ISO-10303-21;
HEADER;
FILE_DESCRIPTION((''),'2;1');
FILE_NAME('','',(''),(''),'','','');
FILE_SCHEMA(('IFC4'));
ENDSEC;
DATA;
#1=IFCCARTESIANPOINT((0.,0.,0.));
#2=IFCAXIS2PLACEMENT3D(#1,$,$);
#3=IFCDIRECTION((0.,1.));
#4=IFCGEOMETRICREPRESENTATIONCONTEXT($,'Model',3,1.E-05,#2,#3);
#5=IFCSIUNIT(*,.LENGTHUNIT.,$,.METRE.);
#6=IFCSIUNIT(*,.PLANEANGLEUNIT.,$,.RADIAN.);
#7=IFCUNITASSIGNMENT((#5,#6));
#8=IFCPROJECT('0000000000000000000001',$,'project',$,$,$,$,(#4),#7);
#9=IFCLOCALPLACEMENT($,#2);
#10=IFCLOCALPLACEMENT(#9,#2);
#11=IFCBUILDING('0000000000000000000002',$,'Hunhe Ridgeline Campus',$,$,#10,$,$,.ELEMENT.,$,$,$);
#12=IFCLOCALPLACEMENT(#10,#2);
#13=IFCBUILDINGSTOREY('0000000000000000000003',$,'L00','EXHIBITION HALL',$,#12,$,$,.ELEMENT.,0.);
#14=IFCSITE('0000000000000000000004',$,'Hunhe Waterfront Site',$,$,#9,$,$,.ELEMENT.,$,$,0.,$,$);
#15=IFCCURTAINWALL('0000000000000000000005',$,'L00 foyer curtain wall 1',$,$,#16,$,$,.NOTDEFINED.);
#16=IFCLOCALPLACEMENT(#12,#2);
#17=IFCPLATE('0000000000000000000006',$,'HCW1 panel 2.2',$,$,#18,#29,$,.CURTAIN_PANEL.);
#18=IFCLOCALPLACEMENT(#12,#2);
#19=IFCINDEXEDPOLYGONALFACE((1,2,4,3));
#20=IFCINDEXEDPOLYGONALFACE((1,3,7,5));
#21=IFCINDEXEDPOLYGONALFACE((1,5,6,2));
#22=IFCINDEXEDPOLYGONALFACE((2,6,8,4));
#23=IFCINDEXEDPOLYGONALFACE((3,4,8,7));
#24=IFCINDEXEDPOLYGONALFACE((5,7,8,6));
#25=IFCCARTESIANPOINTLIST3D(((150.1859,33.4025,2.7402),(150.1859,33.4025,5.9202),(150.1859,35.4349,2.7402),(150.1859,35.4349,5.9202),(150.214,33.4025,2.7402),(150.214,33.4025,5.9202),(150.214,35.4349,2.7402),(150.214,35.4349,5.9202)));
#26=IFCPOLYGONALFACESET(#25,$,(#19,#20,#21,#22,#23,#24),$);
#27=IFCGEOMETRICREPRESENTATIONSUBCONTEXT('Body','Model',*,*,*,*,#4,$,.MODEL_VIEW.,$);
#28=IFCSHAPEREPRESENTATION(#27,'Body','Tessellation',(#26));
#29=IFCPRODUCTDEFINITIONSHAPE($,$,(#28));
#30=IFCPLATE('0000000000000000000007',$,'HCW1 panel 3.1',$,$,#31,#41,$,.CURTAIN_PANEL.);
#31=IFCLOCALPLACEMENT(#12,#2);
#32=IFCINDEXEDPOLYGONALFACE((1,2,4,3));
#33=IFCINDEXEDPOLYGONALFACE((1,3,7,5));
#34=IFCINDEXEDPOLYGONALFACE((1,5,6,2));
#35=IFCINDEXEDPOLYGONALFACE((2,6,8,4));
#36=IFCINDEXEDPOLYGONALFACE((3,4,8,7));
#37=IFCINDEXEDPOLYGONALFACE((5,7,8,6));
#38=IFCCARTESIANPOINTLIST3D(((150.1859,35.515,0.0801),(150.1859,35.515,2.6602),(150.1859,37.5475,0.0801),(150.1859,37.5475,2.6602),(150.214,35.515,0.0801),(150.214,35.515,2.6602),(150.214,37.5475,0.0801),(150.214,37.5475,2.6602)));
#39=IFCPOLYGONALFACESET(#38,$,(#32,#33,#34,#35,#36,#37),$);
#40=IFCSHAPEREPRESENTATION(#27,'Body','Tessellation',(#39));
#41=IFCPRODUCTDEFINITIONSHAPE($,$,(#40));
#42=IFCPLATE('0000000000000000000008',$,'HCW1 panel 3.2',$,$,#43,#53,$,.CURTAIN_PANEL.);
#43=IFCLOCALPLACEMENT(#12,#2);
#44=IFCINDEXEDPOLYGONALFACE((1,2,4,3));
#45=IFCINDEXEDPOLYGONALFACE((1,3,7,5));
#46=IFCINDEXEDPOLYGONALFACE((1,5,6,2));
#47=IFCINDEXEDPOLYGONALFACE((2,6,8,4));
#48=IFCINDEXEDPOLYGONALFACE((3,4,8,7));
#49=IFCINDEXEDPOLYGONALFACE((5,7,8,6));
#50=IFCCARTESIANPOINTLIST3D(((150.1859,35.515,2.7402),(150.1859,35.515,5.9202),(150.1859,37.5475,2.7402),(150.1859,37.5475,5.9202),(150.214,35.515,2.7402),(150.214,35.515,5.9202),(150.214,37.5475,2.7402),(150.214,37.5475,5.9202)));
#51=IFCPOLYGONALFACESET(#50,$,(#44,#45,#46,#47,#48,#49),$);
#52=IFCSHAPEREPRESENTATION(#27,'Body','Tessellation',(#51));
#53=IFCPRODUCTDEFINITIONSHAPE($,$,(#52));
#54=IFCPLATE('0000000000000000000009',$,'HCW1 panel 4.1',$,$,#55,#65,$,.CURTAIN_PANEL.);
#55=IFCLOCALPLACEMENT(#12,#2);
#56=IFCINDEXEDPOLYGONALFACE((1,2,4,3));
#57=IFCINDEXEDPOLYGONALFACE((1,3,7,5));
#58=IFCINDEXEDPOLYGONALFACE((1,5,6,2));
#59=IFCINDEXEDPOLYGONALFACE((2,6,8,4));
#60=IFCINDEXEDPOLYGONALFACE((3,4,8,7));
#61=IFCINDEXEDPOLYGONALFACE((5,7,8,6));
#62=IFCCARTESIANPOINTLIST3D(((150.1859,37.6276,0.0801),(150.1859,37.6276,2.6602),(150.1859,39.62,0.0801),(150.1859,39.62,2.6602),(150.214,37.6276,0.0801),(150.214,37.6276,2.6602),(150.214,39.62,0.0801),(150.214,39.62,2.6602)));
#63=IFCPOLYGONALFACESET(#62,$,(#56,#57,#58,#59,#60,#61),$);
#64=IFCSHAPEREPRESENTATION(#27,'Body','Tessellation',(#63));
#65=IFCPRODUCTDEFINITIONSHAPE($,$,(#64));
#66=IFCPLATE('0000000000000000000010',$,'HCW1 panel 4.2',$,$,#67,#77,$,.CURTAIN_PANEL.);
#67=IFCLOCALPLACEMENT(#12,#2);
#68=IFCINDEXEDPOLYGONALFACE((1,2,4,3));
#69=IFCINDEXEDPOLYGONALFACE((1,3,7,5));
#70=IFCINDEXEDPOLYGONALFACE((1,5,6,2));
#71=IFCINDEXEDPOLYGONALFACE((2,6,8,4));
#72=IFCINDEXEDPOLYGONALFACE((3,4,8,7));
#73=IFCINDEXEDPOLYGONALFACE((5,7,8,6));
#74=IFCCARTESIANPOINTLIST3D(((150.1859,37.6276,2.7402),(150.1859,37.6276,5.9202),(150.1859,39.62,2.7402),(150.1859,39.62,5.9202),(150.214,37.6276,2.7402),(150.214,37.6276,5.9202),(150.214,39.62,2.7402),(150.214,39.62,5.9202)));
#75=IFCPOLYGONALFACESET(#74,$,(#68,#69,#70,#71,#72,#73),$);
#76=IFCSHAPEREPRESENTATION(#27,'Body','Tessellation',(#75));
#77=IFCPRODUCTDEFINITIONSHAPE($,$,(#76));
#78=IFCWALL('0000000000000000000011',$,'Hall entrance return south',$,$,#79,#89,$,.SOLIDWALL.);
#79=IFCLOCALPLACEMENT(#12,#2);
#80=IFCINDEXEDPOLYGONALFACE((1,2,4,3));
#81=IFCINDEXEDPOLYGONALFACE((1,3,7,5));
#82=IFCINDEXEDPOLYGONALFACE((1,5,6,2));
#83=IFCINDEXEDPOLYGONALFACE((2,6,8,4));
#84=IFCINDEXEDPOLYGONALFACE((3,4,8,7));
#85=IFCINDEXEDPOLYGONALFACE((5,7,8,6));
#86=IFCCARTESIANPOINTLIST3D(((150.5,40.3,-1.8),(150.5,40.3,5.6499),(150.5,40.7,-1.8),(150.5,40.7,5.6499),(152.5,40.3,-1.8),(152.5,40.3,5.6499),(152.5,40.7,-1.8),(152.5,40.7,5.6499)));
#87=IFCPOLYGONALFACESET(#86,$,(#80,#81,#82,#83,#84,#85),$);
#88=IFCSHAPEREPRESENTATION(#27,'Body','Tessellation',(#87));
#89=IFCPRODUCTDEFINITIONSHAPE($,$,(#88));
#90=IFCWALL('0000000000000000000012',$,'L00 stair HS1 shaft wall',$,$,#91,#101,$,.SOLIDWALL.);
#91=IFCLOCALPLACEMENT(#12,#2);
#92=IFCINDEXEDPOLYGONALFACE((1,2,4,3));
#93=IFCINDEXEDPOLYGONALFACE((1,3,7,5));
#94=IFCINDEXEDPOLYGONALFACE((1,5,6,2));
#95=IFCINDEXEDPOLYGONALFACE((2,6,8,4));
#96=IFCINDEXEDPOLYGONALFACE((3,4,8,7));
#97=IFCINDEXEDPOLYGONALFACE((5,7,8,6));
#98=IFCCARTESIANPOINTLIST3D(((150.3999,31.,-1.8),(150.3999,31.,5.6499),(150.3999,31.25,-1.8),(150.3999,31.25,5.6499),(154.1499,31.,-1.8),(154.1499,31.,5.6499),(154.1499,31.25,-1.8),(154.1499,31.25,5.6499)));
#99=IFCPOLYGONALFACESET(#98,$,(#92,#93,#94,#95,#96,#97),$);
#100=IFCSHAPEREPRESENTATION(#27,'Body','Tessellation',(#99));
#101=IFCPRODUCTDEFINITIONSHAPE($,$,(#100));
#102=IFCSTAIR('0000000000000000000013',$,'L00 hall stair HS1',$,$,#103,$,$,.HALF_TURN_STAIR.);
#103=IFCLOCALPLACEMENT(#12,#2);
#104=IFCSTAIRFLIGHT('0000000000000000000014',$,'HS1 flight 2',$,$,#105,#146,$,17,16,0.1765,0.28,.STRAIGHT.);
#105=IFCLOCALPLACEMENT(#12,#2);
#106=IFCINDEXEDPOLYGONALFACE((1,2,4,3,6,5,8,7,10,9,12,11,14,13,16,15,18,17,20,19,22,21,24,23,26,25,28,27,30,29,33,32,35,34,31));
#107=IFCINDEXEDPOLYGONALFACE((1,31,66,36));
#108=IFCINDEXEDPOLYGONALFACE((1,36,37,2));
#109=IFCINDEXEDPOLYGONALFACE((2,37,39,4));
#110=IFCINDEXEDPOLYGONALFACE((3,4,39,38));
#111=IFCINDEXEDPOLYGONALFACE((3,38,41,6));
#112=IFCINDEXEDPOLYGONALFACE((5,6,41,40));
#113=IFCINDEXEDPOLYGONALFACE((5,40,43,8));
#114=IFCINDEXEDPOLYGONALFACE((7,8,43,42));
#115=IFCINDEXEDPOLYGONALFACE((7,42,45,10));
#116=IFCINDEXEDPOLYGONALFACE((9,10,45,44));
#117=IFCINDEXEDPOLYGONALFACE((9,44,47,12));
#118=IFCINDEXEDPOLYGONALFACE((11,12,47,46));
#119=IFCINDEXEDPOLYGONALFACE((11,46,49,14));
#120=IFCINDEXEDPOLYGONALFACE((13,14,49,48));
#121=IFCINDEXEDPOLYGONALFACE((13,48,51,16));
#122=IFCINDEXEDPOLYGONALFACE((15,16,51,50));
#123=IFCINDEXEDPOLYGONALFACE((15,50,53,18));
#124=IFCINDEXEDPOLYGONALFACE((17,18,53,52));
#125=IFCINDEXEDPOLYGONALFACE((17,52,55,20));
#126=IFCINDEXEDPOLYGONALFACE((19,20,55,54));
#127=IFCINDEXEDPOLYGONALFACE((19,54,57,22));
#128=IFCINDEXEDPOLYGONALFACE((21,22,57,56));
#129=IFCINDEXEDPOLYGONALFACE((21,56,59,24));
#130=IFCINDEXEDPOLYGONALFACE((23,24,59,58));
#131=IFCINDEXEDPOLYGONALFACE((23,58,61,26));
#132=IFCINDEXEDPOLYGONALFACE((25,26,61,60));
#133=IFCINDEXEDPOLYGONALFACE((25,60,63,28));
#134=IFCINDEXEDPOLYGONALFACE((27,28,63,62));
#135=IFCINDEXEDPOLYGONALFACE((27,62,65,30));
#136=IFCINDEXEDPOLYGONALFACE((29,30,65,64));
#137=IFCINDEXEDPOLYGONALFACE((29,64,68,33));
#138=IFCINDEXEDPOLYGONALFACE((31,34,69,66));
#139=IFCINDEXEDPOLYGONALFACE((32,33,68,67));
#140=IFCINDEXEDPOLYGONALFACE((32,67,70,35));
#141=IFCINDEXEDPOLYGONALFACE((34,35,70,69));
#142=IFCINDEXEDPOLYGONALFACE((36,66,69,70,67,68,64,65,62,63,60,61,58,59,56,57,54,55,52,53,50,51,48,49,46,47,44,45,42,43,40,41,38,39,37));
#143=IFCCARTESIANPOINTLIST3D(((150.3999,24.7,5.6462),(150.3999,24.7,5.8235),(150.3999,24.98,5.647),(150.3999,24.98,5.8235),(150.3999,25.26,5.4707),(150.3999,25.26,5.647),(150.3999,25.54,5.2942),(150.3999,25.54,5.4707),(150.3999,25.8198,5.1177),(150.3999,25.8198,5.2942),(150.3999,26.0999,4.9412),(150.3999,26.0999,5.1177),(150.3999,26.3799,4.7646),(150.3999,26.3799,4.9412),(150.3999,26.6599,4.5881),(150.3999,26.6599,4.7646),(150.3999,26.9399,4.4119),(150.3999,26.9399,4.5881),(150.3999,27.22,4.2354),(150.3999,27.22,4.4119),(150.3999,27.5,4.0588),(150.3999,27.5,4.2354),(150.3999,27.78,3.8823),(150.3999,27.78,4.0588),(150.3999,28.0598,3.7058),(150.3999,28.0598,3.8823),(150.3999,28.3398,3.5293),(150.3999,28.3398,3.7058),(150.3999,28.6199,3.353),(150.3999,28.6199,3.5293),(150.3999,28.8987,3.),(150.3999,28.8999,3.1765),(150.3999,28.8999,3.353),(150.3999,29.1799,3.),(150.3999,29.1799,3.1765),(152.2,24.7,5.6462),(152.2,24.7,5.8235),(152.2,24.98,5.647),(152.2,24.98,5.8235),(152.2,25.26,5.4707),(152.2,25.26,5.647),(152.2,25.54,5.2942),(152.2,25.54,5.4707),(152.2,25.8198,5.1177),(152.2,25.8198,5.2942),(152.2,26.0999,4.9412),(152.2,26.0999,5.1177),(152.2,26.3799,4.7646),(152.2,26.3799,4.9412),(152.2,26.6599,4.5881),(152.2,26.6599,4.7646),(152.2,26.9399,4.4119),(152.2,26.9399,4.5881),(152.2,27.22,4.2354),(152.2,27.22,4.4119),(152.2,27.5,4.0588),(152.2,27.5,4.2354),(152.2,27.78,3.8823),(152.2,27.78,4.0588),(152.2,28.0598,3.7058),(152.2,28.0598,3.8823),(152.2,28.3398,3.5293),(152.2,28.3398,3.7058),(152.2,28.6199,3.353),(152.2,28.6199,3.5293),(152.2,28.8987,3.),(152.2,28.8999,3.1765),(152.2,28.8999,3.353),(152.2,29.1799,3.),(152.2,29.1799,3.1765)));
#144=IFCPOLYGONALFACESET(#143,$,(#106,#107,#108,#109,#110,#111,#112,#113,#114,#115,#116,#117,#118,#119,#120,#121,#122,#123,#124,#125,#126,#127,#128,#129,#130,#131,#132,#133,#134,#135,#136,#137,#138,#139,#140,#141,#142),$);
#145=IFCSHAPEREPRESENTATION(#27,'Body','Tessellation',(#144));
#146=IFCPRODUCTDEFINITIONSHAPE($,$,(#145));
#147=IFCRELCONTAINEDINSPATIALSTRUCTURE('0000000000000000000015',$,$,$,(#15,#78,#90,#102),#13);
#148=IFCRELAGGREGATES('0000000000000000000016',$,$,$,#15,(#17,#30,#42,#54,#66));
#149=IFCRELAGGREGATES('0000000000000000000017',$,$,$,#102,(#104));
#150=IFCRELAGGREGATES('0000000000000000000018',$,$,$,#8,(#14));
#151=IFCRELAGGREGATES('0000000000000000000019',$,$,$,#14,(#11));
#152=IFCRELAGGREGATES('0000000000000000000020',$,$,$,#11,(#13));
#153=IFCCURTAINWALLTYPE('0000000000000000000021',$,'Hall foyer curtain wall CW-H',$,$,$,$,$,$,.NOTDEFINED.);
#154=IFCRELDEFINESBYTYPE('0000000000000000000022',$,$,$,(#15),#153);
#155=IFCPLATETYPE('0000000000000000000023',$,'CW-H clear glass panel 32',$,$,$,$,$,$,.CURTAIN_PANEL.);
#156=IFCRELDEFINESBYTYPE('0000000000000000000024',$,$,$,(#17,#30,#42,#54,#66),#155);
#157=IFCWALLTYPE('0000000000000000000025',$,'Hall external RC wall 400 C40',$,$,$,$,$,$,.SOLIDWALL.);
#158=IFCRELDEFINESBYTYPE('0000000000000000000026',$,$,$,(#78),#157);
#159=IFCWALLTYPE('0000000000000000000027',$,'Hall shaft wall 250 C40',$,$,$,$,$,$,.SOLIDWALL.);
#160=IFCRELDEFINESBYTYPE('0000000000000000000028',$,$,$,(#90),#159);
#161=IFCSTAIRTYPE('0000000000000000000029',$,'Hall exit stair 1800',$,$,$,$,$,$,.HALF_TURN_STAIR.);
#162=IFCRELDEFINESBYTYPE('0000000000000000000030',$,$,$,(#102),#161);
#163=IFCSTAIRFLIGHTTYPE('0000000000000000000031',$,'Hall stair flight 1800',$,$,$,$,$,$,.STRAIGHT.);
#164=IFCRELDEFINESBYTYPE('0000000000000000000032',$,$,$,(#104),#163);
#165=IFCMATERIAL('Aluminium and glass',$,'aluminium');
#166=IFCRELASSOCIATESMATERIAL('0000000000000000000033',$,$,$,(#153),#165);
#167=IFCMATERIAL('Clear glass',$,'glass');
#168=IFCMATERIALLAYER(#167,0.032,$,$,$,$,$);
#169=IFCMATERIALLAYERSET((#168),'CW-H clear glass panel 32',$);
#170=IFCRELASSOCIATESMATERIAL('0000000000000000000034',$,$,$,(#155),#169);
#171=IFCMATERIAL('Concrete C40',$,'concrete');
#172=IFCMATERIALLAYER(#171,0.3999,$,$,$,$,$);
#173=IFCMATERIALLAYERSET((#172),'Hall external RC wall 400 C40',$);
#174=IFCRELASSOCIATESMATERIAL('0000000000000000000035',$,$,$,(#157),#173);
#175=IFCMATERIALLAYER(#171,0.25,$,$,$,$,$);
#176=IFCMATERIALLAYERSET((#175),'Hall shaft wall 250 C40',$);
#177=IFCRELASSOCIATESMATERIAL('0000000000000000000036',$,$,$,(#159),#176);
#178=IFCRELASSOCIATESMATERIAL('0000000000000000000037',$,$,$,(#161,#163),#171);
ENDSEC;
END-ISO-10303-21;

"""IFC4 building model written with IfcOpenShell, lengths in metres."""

from ifc_helpers import new_model, si_unit, direction, frame, frame_2d, origin, origin_2d, place, context, subcontext, project, spatial, polyline, rectangle, outline, extrude, material, layer, layer_set, type_object, element, aggregate, save


model = new_model("IFC4")

# Units and contexts
model_context = context("Model", 3, precision=1e-05, world=origin(), true_north=direction((0.0, 1.0)))
body_context = subcontext(model_context, "Body", "Model", "MODEL_VIEW")
ifc_project = project(units=[si_unit("LENGTHUNIT", "METRE"), si_unit("PLANEANGLEUNIT", "RADIAN")], contexts=[model_context])

# Site, building, storey
site_placement = place(None, origin())
site = spatial("IfcSite", under=ifc_project, at=site_placement, Name="Hunhe Waterfront Site", CompositionType="ELEMENT", RefElevation=0.0)
building_placement = place(site_placement, origin())
building = spatial("IfcBuilding", under=site, at=building_placement, Name="Hunhe Ridgeline Campus", CompositionType="ELEMENT")
storey_placement = place(building_placement, origin())
storey = spatial("IfcBuildingStorey", under=building, at=storey_placement, Name="L00", Description="EXHIBITION HALL", CompositionType="ELEMENT", Elevation=0.0)

# Curtain wall, plates
ifc_material_1 = material(Name="Aluminium and glass", Category="aluminium")
curtain_wall_type = type_object("IfcCurtainWallType", Name="Hall foyer curtain wall CW-H", PredefinedType="NOTDEFINED", material=ifc_material_1)
curtain_wall_placement = place(storey_placement, origin())
curtain_wall = element("IfcCurtainWall", 1, at=curtain_wall_placement, inside=storey, type_object=curtain_wall_type, Name="L00 foyer curtain wall 1", PredefinedType="NOTDEFINED")
ifc_material_2 = material(Name="Clear glass", Category="glass")
ifc_layer_1 = layer(ifc_material_2, 0.032)
ifc_layer_set_1 = layer_set([ifc_layer_1], Name="CW-H clear glass panel 32")
plate_type = type_object("IfcPlateType", Name="CW-H clear glass panel 32", PredefinedType="CURTAIN_PANEL", material=ifc_layer_set_1)
plate_1_placement = place(storey_placement, frame((150.2, 34.4187, 2.7402), z_axis=(0.0, 0.0, 1.0), x_axis=(0.0, 1.0, 0.0)))
plate_1 = element("IfcPlate", 2, at=plate_1_placement, type_object=plate_type, Name="HCW1 panel 2.2", PredefinedType="CURTAIN_PANEL", context=body_context, shape_type="SweptSolid", body=[
    extrude(rectangle(XDim=2.0325, YDim=0.0281, at=origin_2d()), origin(), (0.0, 0.0, 1.0), 3.1799),
])
plate_2_placement = place(storey_placement, frame((150.2, 36.5312, 0.0801), z_axis=(0.0, 0.0, 1.0), x_axis=(0.0, 1.0, 0.0)))
plate_2 = element("IfcPlate", 3, at=plate_2_placement, type_object=plate_type, Name="HCW1 panel 3.1", PredefinedType="CURTAIN_PANEL", context=body_context, shape_type="SweptSolid", body=[
    extrude(rectangle(XDim=2.0325, YDim=0.0281, at=origin_2d()), origin(), (0.0, 0.0, 1.0), 2.5801),
])
plate_3_placement = place(storey_placement, frame((150.2, 36.5312, 2.7402), z_axis=(0.0, 0.0, 1.0), x_axis=(0.0, 1.0, 0.0)))
plate_3 = element("IfcPlate", 4, at=plate_3_placement, type_object=plate_type, Name="HCW1 panel 3.2", PredefinedType="CURTAIN_PANEL", context=body_context, shape_type="SweptSolid", body=[
    extrude(rectangle(XDim=2.0325, YDim=0.0281, at=origin_2d()), origin(), (0.0, 0.0, 1.0), 3.1799),
])
plate_4_placement = place(storey_placement, frame((150.2, 38.6238, 0.0801), z_axis=(0.0, 0.0, 1.0), x_axis=(0.0, 1.0, 0.0)))
plate_4 = element("IfcPlate", 5, at=plate_4_placement, type_object=plate_type, Name="HCW1 panel 4.1", PredefinedType="CURTAIN_PANEL", context=body_context, shape_type="SweptSolid", body=[
    extrude(rectangle(XDim=1.9924, YDim=0.0281, at=origin_2d()), origin(), (0.0, 0.0, 1.0), 2.5801),
])
plate_5_placement = place(storey_placement, frame((150.2, 38.6238, 2.7402), z_axis=(0.0, 0.0, 1.0), x_axis=(0.0, 1.0, 0.0)))
plate_5 = element("IfcPlate", 6, at=plate_5_placement, type_object=plate_type, Name="HCW1 panel 4.2", PredefinedType="CURTAIN_PANEL", context=body_context, shape_type="SweptSolid", body=[
    extrude(rectangle(XDim=1.9924, YDim=0.0281, at=origin_2d()), origin(), (0.0, 0.0, 1.0), 3.1799),
])
aggregate(curtain_wall, [plate_1, plate_2, plate_3, plate_4, plate_5])

# Walls
ifc_material_3 = material(Name="Concrete C40", Category="concrete")
ifc_layer_2 = layer(ifc_material_3, 0.3999)
ifc_layer_set_2 = layer_set([ifc_layer_2], Name="Hall external RC wall 400 C40")
wall_type_1 = type_object("IfcWallType", Name="Hall external RC wall 400 C40", PredefinedType="SOLIDWALL", material=ifc_layer_set_2)
wall_1_placement = place(storey_placement, frame((150.5, 40.5, -1.8), z_axis=(0.0, 0.0, 1.0), x_axis=(1.0, 0.0, 0.0)))
element("IfcWall", 7, at=wall_1_placement, inside=storey, type_object=wall_type_1, Name="Hall entrance return south", PredefinedType="SOLIDWALL", context=body_context, shape_type="SweptSolid", body=[
    extrude(rectangle(XDim=2.0, YDim=0.3999, at=frame_2d((1.0, 0.0))), origin(), (0.0, 0.0, 1.0), 7.45),
])
ifc_layer_3 = layer(ifc_material_3, 0.25)
ifc_layer_set_3 = layer_set([ifc_layer_3], Name="Hall shaft wall 250 C40")
wall_type_2 = type_object("IfcWallType", Name="Hall shaft wall 250 C40", PredefinedType="SOLIDWALL", material=ifc_layer_set_3)
wall_2_placement = place(storey_placement, frame((150.3999, 31.125, -1.8), z_axis=(0.0, 0.0, 1.0), x_axis=(1.0, 0.0, 0.0)))
element("IfcWall", 8, at=wall_2_placement, inside=storey, type_object=wall_type_2, Name="L00 stair HS1 shaft wall", PredefinedType="SOLIDWALL", context=body_context, shape_type="SweptSolid", body=[
    extrude(rectangle(XDim=3.75, YDim=0.25, at=frame_2d((1.875, 0.0))), origin(), (0.0, 0.0, 1.0), 7.45),
])

# Stair, stair flight
stair_type = type_object("IfcStairType", Name="Hall exit stair 1800", PredefinedType="HALF_TURN_STAIR", material=ifc_material_3)
stair_placement = place(storey_placement, origin())
stair = element("IfcStair", 9, at=stair_placement, inside=storey, type_object=stair_type, Name="L00 hall stair HS1", PredefinedType="HALF_TURN_STAIR")
stair_flight_type = type_object("IfcStairFlightType", Name="Hall stair flight 1800", PredefinedType="STRAIGHT", material=ifc_material_3)
stair_flight_placement = place(storey_placement, frame((151.3, 29.1799, 3.0), z_axis=(0.0, 0.0, 1.0), x_axis=(0.0, -1.0, 0.0)))
stair_flight = element("IfcStairFlight", 10, at=stair_flight_placement, type_object=stair_flight_type, Name="HS1 flight 2", NumberOfRisers=17, NumberOfTreads=16, PredefinedType="STRAIGHT", RiserHeight=0.1765, TreadLength=0.28, context=body_context, shape_type="SweptSolid", body=[
    extrude(outline(polyline([(0.0, 0.0), (0.0, 0.1765), (0.28, 0.1765), (0.28, 0.353), (0.5601, 0.353), (0.5601, 0.5293), (0.8401, 0.5293), (0.8401, 0.7058), (1.1201, 0.7058), (1.1201, 0.8823), (1.3999, 0.8823), (1.3999, 1.0588), (1.6799, 1.0588), (1.6799, 1.2354), (1.96, 1.2354), (1.96, 1.4119), (2.24, 1.4119), (2.24, 1.5881), (2.52, 1.5881), (2.52, 1.7646), (2.8, 1.7646), (2.8, 1.9412), (3.0801, 1.9412), (3.0801, 2.1177), (3.3601, 2.1177), (3.3601, 2.2942), (3.6399, 2.2942), (3.6399, 2.4707), (3.9199, 2.4707), (3.9199, 2.647), (4.2, 2.647), (4.2, 2.8235), (4.48, 2.8235), (4.48, 3.0), (4.48, 2.6462), (0.2812, 0.0), (0.0, 0.0)])), frame((0.0, 0.8999, 0.0), z_axis=(0.0, -1.0, 0.0), x_axis=(1.0, 0.0, 0.0)), (0.0, 0.0, 1.0), 1.8),
])
aggregate(stair, [stair_flight])

save(model, "model.ifc")
